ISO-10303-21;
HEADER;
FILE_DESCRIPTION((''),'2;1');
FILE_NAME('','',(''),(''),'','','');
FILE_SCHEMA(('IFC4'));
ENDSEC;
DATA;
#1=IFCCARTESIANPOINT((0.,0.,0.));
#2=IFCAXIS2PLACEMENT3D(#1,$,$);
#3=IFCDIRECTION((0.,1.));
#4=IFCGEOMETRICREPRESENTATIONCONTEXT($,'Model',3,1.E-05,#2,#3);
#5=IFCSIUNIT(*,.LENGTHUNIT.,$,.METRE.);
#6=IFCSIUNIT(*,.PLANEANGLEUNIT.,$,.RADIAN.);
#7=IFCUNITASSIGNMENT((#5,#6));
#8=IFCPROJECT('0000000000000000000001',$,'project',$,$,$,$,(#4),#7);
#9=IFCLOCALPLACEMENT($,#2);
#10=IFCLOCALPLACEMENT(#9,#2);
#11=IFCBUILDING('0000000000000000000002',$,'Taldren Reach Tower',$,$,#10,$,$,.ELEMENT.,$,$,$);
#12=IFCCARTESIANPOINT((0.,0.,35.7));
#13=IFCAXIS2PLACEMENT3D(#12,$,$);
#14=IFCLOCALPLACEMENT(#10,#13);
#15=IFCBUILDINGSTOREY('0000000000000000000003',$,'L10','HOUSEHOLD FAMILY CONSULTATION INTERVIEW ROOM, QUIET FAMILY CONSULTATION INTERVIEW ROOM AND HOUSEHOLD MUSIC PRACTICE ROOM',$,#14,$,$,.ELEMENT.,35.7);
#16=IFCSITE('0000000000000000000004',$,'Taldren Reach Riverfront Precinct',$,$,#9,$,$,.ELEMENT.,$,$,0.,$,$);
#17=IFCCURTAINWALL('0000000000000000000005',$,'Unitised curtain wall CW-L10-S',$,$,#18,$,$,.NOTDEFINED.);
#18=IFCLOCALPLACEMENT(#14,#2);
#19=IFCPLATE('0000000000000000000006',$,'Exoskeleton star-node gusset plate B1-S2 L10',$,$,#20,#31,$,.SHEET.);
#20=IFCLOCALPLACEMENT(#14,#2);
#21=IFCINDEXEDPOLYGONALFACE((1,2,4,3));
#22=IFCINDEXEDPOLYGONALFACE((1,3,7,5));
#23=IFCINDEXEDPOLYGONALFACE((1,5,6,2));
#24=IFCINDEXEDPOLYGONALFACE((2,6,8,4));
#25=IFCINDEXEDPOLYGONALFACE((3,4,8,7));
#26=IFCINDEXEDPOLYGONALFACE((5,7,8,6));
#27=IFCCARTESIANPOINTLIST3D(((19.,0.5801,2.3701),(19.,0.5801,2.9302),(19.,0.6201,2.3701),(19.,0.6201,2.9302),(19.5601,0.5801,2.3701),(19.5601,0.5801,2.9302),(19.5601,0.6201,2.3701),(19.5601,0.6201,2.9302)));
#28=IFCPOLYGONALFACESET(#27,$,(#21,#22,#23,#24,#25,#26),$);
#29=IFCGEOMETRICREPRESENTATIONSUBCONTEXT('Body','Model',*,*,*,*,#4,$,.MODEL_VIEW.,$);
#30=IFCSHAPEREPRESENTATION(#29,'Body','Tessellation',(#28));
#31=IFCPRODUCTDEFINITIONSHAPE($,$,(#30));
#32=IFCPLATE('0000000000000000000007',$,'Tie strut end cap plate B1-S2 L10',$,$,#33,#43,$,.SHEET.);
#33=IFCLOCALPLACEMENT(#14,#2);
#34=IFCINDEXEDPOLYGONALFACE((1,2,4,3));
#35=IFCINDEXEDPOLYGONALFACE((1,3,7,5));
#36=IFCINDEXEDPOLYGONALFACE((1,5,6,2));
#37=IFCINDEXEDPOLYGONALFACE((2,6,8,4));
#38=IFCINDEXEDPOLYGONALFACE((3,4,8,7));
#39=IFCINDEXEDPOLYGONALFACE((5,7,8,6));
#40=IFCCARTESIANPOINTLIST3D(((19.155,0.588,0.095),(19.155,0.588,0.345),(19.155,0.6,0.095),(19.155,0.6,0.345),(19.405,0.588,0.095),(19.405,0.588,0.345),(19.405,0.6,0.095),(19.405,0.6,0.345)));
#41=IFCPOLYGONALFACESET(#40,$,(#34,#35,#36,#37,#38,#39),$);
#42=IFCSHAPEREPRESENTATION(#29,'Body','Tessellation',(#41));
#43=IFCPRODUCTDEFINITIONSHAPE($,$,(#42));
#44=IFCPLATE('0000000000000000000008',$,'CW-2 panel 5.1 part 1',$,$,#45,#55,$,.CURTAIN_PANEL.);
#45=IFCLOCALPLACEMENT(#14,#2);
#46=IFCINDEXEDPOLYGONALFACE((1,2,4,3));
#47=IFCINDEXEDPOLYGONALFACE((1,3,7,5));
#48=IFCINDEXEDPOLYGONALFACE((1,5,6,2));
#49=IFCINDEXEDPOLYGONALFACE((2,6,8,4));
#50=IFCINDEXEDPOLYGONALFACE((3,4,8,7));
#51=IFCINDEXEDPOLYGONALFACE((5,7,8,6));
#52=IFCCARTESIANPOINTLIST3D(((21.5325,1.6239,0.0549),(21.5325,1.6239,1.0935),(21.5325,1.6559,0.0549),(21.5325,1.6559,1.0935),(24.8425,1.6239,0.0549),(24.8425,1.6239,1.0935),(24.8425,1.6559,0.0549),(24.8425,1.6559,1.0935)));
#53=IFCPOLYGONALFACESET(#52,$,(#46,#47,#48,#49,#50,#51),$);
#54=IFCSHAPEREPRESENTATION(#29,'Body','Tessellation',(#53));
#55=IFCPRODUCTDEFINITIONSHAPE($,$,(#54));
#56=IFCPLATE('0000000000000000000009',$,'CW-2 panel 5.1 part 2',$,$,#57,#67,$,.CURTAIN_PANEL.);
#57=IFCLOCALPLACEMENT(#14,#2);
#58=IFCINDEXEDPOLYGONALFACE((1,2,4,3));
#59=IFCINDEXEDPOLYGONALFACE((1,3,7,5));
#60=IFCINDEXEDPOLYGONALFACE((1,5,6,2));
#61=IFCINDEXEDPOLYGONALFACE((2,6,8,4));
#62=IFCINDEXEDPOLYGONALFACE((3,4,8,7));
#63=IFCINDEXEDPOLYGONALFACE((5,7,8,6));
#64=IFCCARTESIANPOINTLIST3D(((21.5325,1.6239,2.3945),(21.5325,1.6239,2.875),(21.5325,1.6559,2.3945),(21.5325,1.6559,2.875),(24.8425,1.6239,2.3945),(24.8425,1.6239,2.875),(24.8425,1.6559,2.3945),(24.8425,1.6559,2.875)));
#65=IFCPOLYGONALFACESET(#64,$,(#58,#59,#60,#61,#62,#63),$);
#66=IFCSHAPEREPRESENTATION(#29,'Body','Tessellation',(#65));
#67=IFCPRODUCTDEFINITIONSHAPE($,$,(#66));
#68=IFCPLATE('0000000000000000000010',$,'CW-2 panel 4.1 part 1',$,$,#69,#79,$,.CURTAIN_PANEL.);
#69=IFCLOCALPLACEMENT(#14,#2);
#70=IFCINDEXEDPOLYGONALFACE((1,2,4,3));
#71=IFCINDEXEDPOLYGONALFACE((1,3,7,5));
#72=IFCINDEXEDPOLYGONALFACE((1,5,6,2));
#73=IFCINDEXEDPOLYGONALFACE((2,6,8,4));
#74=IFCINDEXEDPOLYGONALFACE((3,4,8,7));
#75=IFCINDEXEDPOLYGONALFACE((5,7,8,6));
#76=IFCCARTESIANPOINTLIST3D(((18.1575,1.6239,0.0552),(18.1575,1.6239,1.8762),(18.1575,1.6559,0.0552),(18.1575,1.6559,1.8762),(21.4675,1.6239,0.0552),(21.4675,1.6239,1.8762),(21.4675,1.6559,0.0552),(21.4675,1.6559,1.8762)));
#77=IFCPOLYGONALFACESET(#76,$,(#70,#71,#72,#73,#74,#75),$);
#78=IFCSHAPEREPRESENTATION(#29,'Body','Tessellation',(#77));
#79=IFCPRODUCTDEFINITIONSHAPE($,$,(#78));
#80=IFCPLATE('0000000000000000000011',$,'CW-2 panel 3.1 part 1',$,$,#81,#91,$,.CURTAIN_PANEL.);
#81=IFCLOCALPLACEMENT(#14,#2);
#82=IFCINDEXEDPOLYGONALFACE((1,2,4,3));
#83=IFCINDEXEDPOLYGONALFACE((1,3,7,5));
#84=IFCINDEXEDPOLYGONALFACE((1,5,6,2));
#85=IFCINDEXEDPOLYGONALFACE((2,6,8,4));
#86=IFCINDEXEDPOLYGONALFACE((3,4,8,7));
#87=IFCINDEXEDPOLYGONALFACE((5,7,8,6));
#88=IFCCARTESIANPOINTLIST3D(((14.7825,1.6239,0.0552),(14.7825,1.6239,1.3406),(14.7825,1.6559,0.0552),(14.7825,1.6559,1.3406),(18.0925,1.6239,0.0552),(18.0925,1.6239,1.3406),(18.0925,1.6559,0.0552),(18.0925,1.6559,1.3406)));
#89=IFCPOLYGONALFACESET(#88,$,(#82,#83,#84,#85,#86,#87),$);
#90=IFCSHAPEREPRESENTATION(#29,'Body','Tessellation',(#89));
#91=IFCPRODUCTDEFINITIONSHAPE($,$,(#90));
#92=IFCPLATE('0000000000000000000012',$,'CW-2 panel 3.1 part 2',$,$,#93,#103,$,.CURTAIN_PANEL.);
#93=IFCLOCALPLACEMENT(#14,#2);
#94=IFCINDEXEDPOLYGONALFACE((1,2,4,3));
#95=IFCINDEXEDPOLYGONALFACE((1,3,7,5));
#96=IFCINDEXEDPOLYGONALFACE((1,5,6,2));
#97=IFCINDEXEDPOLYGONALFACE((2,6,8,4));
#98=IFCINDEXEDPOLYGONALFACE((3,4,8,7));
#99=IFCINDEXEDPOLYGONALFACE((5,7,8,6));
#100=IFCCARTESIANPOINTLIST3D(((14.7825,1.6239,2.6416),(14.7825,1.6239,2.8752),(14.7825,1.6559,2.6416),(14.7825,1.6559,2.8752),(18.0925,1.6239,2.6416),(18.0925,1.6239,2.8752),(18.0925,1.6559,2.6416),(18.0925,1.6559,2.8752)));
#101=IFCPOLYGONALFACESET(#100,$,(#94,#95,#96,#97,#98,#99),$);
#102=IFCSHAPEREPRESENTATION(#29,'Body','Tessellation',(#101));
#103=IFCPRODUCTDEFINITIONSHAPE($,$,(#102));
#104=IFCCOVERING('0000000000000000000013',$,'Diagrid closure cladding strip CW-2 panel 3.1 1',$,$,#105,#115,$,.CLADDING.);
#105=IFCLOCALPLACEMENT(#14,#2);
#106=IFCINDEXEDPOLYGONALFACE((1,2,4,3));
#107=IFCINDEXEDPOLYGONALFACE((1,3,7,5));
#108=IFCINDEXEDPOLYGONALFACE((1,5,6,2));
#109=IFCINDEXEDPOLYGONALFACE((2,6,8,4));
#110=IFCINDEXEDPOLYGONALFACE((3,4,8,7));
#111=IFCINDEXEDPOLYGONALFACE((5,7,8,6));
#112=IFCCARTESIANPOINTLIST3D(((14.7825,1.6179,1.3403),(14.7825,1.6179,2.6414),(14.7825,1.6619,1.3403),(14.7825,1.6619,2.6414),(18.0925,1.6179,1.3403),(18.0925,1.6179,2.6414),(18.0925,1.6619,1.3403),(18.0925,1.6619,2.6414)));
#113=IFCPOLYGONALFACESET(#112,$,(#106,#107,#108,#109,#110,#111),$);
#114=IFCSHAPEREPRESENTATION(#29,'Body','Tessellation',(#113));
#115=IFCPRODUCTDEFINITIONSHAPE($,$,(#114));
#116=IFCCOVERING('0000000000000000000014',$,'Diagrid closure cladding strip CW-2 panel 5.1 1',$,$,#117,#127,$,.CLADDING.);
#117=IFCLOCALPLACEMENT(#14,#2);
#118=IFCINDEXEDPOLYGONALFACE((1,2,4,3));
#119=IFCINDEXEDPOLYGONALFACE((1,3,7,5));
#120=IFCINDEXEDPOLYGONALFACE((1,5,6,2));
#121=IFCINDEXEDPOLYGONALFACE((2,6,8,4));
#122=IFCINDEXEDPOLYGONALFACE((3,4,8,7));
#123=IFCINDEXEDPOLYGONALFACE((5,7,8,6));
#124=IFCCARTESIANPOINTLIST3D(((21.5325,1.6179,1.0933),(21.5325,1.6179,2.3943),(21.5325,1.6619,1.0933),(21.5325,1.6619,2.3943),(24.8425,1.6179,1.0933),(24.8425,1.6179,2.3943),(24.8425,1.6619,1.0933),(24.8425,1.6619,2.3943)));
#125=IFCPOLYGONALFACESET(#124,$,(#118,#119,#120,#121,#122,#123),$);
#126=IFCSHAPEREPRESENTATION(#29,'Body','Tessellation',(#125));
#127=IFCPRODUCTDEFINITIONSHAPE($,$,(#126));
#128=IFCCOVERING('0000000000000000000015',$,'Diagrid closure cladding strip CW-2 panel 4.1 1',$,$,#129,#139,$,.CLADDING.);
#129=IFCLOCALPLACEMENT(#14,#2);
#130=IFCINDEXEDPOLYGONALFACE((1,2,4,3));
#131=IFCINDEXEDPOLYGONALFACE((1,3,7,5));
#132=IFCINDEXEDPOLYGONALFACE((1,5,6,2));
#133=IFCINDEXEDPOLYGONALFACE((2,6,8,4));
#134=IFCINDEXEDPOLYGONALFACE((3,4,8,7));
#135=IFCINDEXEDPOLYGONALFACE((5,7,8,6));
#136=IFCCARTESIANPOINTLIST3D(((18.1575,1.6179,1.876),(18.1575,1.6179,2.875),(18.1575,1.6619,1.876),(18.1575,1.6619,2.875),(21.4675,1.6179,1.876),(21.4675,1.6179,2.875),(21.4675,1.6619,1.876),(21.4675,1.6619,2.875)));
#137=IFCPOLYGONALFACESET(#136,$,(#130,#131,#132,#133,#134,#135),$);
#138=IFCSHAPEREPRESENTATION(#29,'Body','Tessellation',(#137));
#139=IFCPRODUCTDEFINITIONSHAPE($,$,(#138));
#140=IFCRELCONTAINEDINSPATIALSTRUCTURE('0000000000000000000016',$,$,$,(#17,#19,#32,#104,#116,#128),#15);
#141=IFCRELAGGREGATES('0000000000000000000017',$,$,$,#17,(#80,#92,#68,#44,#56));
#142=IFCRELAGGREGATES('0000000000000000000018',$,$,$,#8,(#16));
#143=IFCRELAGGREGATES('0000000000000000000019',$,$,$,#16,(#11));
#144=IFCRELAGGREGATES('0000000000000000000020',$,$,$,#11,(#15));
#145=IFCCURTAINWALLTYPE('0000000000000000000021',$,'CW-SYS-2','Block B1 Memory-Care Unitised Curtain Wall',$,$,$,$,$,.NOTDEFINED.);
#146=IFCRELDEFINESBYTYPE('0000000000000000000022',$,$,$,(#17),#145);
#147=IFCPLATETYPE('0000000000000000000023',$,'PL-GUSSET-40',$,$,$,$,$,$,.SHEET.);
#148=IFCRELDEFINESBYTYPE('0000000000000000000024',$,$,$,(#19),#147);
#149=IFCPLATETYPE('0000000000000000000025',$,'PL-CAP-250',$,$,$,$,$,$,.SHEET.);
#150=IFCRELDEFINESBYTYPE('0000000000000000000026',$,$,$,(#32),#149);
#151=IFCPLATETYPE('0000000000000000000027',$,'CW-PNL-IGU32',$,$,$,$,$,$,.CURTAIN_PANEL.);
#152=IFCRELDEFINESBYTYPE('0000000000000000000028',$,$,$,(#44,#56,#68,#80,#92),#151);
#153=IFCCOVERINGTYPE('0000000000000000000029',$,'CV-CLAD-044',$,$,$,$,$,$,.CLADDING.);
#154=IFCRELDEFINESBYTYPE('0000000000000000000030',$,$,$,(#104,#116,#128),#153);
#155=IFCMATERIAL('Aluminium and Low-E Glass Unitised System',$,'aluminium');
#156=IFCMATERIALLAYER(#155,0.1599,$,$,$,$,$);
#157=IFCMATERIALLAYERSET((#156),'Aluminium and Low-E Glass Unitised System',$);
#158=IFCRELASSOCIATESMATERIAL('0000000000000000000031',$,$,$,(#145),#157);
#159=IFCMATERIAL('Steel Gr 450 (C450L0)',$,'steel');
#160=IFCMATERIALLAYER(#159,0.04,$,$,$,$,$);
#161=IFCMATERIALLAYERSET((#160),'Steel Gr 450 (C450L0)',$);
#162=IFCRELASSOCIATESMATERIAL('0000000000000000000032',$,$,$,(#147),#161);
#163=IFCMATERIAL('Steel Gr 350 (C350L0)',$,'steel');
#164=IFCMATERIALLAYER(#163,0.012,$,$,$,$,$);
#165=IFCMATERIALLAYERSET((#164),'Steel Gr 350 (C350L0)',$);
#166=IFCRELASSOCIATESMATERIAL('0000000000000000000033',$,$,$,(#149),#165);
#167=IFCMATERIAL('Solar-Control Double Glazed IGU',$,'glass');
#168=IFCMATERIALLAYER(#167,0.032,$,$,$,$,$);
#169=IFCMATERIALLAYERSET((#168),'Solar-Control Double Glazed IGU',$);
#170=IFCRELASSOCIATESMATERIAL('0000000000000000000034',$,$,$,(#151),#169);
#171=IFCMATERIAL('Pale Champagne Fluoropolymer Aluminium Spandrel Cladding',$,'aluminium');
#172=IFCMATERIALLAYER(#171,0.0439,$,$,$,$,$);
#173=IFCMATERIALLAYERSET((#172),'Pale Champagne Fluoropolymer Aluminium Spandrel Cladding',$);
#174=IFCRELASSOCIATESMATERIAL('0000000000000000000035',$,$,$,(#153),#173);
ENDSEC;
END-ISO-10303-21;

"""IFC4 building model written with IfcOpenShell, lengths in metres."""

from ifc_helpers import new_model, si_unit, direction, frame, origin, origin_2d, place, context, subcontext, project, spatial, rectangle, extrude, source, transform, mapped, material, layer, layer_set, type_object, element, aggregate, save


model = new_model("IFC4")

# Units and contexts
model_context = context("Model", 3, precision=1e-05, world=origin(), true_north=direction((0.0, 1.0)))
body_context = subcontext(model_context, "Body", "Model", "MODEL_VIEW")
ifc_project = project(units=[si_unit("LENGTHUNIT", "METRE"), si_unit("PLANEANGLEUNIT", "RADIAN")], contexts=[model_context])

# Site, building, storey
site_placement = place(None, origin())
site = spatial("IfcSite", under=ifc_project, at=site_placement, Name="Taldren Reach Riverfront Precinct", CompositionType="ELEMENT", RefElevation=0.0)
building_placement = place(site_placement, origin())
building = spatial("IfcBuilding", under=site, at=building_placement, Name="Taldren Reach Tower", CompositionType="ELEMENT")
storey_placement = place(building_placement, frame((0.0, 0.0, 35.7)))
storey = spatial("IfcBuildingStorey", under=building, at=storey_placement, Name="L10", Description="HOUSEHOLD FAMILY CONSULTATION INTERVIEW ROOM, QUIET FAMILY CONSULTATION INTERVIEW ROOM AND HOUSEHOLD MUSIC PRACTICE ROOM", CompositionType="ELEMENT", Elevation=35.7)

# Shared definitions
ifc_material_1 = material(Name="Steel Gr 350 (C350L0)", Category="steel")

# Curtain wall
ifc_material_2 = material(Name="Aluminium and Low-E Glass Unitised System", Category="aluminium")
ifc_layer_1 = layer(ifc_material_2, 0.1599)
ifc_layer_set_1 = layer_set([ifc_layer_1], Name="Aluminium and Low-E Glass Unitised System")
curtain_wall_type = type_object("IfcCurtainWallType", Name="CW-SYS-2", Description="Block B1 Memory-Care Unitised Curtain Wall", PredefinedType="NOTDEFINED", material=ifc_layer_set_1)
curtain_wall_placement = place(storey_placement, origin())
curtain_wall = element("IfcCurtainWall", 1, at=curtain_wall_placement, inside=storey, type_object=curtain_wall_type, Name="Unitised curtain wall CW-L10-S", PredefinedType="NOTDEFINED")

# Plates
ifc_material_3 = material(Name="Steel Gr 450 (C450L0)", Category="steel")
ifc_layer_2 = layer(ifc_material_3, 0.04)
ifc_layer_set_2 = layer_set([ifc_layer_2], Name="Steel Gr 450 (C450L0)")
plate_type_1 = type_object("IfcPlateType", Name="PL-GUSSET-40", PredefinedType="SHEET", material=ifc_layer_set_2)
shared_shape_1 = source(origin(), body_context, "Body", "SweptSolid", [
    extrude(rectangle(XDim=0.5601, YDim=0.04, at=origin_2d()), origin(), (0.0, 0.0, 1.0), 0.5601),
])
plate_1_placement = place(storey_placement, frame((19.28, 0.6001, 2.3701), z_axis=(0.0, 0.0, 1.0), x_axis=(1.0, 0.0, 0.0)))
element("IfcPlate", 2, at=plate_1_placement, inside=storey, type_object=plate_type_1, Name="Exoskeleton star-node gusset plate B1-S2 L10", PredefinedType="SHEET", context=body_context, shape_type="MappedRepresentation", body=[
    mapped(shared_shape_1, transform((0.0, 0.0, 0.0), scale=1.0)),
])
ifc_layer_3 = layer(ifc_material_1, 0.012)
ifc_layer_set_3 = layer_set([ifc_layer_3], Name="Steel Gr 350 (C350L0)")
plate_type_2 = type_object("IfcPlateType", Name="PL-CAP-250", PredefinedType="SHEET", material=ifc_layer_set_3)
shared_shape_2 = source(origin(), body_context, "Body", "SweptSolid", [
    extrude(rectangle(XDim=0.25, YDim=0.012, at=origin_2d()), origin(), (0.0, 0.0, 1.0), 0.25),
])
plate_2_placement = place(storey_placement, frame((19.28, 0.594, 0.095), z_axis=(0.0, 0.0, 1.0), x_axis=(1.0, 0.0, 0.0)))
element("IfcPlate", 3, at=plate_2_placement, inside=storey, type_object=plate_type_2, Name="Tie strut end cap plate B1-S2 L10", PredefinedType="SHEET", context=body_context, shape_type="MappedRepresentation", body=[
    mapped(shared_shape_2, transform((0.0, 0.0, 0.0), scale=1.0)),
])

# Plates
ifc_material_4 = material(Name="Solar-Control Double Glazed IGU", Category="glass")
ifc_layer_4 = layer(ifc_material_4, 0.032)
ifc_layer_set_4 = layer_set([ifc_layer_4], Name="Solar-Control Double Glazed IGU")
plate_type_3 = type_object("IfcPlateType", Name="CW-PNL-IGU32", PredefinedType="CURTAIN_PANEL", material=ifc_layer_set_4)
shared_shape_3 = source(origin(), body_context, "Body", "SweptSolid", [
    extrude(rectangle(XDim=3.3101, YDim=0.032, at=origin_2d()), origin(), (0.0, 0.0, 1.0), 1.0386),
])
plate_3_placement = place(storey_placement, frame((23.1875, 1.6399, 0.0549), z_axis=(0.0, 0.0, 1.0), x_axis=(1.0, 0.0, 0.0)))
plate_3 = element("IfcPlate", 4, at=plate_3_placement, type_object=plate_type_3, Name="CW-2 panel 5.1 part 1", PredefinedType="CURTAIN_PANEL", context=body_context, shape_type="MappedRepresentation", body=[
    mapped(shared_shape_3, transform((0.0, 0.0, 0.0), scale=1.0)),
])
shared_shape_4 = source(origin(), body_context, "Body", "SweptSolid", [
    extrude(rectangle(XDim=3.3101, YDim=0.032, at=origin_2d()), origin(), (0.0, 0.0, 1.0), 0.4805),
])
plate_4_placement = place(storey_placement, frame((23.1875, 1.6399, 2.3945), z_axis=(0.0, 0.0, 1.0), x_axis=(1.0, 0.0, 0.0)))
plate_4 = element("IfcPlate", 5, at=plate_4_placement, type_object=plate_type_3, Name="CW-2 panel 5.1 part 2", PredefinedType="CURTAIN_PANEL", context=body_context, shape_type="MappedRepresentation", body=[
    mapped(shared_shape_4, transform((0.0, 0.0, 0.0), scale=1.0)),
])
shared_shape_5 = source(origin(), body_context, "Body", "SweptSolid", [
    extrude(rectangle(XDim=3.3101, YDim=0.032, at=origin_2d()), origin(), (0.0, 0.0, 1.0), 1.821),
])
plate_5_placement = place(storey_placement, frame((19.8125, 1.6399, 0.0552), z_axis=(0.0, 0.0, 1.0), x_axis=(1.0, 0.0, 0.0)))
plate_5 = element("IfcPlate", 6, at=plate_5_placement, type_object=plate_type_3, Name="CW-2 panel 4.1 part 1", PredefinedType="CURTAIN_PANEL", context=body_context, shape_type="MappedRepresentation", body=[
    mapped(shared_shape_5, transform((0.0, 0.0, 0.0), scale=1.0)),
])
shared_shape_6 = source(origin(), body_context, "Body", "SweptSolid", [
    extrude(rectangle(XDim=3.3101, YDim=0.032, at=origin_2d()), origin(), (0.0, 0.0, 1.0), 1.2854),
])
plate_6_placement = place(storey_placement, frame((16.4375, 1.6399, 0.0552), z_axis=(0.0, 0.0, 1.0), x_axis=(1.0, 0.0, 0.0)))
plate_6 = element("IfcPlate", 7, at=plate_6_placement, type_object=plate_type_3, Name="CW-2 panel 3.1 part 1", PredefinedType="CURTAIN_PANEL", context=body_context, shape_type="MappedRepresentation", body=[
    mapped(shared_shape_6, transform((0.0, 0.0, 0.0), scale=1.0)),
])
shared_shape_7 = source(origin(), body_context, "Body", "SweptSolid", [
    extrude(rectangle(XDim=3.3101, YDim=0.032, at=origin_2d()), origin(), (0.0, 0.0, 1.0), 0.2336),
])
plate_7_placement = place(storey_placement, frame((16.4375, 1.6399, 2.6416), z_axis=(0.0, 0.0, 1.0), x_axis=(1.0, 0.0, 0.0)))
plate_7 = element("IfcPlate", 8, at=plate_7_placement, type_object=plate_type_3, Name="CW-2 panel 3.1 part 2", PredefinedType="CURTAIN_PANEL", context=body_context, shape_type="MappedRepresentation", body=[
    mapped(shared_shape_7, transform((0.0, 0.0, 0.0), scale=1.0)),
])
aggregate(curtain_wall, [plate_6, plate_7, plate_5, plate_3, plate_4])

# Coverings
ifc_material_5 = material(Name="Pale Champagne Fluoropolymer Aluminium Spandrel Cladding", Category="aluminium")
ifc_layer_5 = layer(ifc_material_5, 0.0439)
ifc_layer_set_5 = layer_set([ifc_layer_5], Name="Pale Champagne Fluoropolymer Aluminium Spandrel Cladding")
covering_type = type_object("IfcCoveringType", Name="CV-CLAD-044", PredefinedType="CLADDING", material=ifc_layer_set_5)
shared_shape_8 = source(origin(), body_context, "Body", "SweptSolid", [
    extrude(rectangle(XDim=3.3101, YDim=0.0439, at=origin_2d()), origin(), (0.0, 0.0, 1.0), 1.301),
])
for number, where, z_axis, x_axis, name in (
    (9, (16.4375, 1.6399, 1.3403), (0.0, 0.0, 1.0), (1.0, 0.0, 0.0), "Diagrid closure cladding strip CW-2 panel 3.1 1"),
    (10, (23.1875, 1.6399, 1.0933), (0.0, 0.0, 1.0), (1.0, 0.0, 0.0), "Diagrid closure cladding strip CW-2 panel 5.1 1"),
):
    element("IfcCovering", number, at=place(storey_placement, frame(where, z_axis=z_axis, x_axis=x_axis)), inside=storey, type_object=covering_type, Name=name, PredefinedType="CLADDING", context=body_context, shape_type="MappedRepresentation", body=[
        mapped(shared_shape_8, transform((0.0, 0.0, 0.0), scale=1.0)),
    ])
shared_shape_9 = source(origin(), body_context, "Body", "SweptSolid", [
    extrude(rectangle(XDim=3.3101, YDim=0.0439, at=origin_2d()), origin(), (0.0, 0.0, 1.0), 0.999),
])
covering_placement = place(storey_placement, frame((19.8125, 1.6399, 1.876), z_axis=(0.0, 0.0, 1.0), x_axis=(1.0, 0.0, 0.0)))
element("IfcCovering", 11, at=covering_placement, inside=storey, type_object=covering_type, Name="Diagrid closure cladding strip CW-2 panel 4.1 1", PredefinedType="CLADDING", context=body_context, shape_type="MappedRepresentation", body=[
    mapped(shared_shape_9, transform((0.0, 0.0, 0.0), scale=1.0)),
])

save(model, "model.ifc")
